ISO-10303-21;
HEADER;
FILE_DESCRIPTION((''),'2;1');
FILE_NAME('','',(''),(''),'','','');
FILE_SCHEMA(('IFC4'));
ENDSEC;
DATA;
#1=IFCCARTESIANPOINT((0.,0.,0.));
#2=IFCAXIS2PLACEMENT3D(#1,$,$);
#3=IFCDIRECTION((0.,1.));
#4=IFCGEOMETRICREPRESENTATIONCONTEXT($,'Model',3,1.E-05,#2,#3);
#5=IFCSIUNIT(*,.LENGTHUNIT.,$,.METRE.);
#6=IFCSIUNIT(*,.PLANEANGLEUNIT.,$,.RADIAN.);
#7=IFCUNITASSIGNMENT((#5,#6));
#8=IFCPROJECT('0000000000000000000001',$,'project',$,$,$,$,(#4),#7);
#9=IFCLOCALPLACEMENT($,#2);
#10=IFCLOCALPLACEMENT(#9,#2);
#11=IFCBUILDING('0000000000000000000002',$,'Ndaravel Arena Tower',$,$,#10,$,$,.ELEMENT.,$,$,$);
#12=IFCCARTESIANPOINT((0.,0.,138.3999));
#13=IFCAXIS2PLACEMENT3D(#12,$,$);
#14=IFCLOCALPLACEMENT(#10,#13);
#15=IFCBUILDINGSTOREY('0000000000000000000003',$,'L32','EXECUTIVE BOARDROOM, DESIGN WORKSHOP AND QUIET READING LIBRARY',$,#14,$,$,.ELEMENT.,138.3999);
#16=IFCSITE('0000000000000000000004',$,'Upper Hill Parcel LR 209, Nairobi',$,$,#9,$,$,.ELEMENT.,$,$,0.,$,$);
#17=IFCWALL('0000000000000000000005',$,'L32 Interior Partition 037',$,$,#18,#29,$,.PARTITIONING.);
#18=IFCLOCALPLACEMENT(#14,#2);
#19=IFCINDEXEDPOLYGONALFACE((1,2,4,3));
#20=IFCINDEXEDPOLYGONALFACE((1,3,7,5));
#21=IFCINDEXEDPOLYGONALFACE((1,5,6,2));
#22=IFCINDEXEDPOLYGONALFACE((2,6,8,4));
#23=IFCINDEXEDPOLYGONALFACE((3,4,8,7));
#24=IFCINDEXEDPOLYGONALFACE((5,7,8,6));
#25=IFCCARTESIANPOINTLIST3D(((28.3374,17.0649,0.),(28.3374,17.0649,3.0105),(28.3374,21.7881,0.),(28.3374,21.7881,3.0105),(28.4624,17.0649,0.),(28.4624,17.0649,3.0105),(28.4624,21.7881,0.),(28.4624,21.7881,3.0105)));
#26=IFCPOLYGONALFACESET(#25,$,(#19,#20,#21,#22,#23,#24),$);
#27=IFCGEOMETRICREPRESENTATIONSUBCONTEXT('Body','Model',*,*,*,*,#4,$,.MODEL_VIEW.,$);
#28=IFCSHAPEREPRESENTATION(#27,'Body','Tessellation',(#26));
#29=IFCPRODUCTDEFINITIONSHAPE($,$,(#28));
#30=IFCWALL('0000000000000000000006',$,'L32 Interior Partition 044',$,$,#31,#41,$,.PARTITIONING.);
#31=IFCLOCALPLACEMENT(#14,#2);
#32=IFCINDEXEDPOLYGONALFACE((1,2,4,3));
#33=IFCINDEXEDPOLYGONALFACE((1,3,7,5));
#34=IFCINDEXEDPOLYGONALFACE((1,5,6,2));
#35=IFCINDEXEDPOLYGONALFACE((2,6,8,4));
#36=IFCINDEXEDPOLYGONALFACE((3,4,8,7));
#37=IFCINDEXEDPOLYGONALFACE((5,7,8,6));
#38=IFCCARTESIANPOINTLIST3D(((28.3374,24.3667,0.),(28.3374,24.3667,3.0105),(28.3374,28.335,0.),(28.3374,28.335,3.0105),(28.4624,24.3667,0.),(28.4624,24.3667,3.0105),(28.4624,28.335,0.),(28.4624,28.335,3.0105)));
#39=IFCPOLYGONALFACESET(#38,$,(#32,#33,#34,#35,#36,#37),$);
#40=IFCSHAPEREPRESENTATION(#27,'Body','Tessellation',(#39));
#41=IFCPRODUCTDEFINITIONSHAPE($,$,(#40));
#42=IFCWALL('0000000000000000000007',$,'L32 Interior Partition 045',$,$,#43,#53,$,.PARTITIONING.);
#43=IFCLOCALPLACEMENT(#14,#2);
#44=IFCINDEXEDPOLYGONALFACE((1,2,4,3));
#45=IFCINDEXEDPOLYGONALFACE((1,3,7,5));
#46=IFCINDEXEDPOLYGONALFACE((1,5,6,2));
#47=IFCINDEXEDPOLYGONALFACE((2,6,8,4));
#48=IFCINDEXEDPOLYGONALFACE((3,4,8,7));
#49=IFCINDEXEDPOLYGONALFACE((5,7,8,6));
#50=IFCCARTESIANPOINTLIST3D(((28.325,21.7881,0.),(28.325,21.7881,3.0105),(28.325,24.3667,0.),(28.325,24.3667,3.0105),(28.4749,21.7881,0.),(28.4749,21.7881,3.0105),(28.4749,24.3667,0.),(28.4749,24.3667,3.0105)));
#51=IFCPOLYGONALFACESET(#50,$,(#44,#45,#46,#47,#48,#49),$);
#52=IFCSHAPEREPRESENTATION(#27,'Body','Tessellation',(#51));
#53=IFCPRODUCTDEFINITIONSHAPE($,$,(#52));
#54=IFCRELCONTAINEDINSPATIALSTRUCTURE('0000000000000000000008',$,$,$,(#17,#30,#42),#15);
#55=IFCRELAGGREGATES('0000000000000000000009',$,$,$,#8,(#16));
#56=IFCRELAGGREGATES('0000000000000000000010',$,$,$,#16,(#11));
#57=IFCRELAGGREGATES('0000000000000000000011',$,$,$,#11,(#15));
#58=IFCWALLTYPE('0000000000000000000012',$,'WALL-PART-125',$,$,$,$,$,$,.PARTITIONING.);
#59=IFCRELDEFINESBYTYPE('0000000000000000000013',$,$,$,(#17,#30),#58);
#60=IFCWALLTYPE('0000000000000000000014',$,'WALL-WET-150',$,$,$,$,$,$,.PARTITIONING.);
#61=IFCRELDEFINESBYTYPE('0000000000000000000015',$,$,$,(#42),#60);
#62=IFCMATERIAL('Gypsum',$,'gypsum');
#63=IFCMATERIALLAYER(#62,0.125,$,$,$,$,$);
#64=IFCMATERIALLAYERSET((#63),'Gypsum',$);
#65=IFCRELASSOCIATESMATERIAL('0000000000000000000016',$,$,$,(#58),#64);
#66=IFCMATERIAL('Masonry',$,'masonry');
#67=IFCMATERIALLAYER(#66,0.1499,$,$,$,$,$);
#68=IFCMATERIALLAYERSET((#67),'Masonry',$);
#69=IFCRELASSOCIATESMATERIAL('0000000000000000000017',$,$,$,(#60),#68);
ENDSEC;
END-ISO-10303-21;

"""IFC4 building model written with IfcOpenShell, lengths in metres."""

from ifc_helpers import new_model, si_unit, direction, frame, frame_2d, origin, place, context, subcontext, project, spatial, rectangle, extrude, material, layer, layer_set, type_object, element, save


model = new_model("IFC4")

# Units and contexts
model_context = context("Model", 3, precision=1e-05, world=origin(), true_north=direction((0.0, 1.0)))
body_context = subcontext(model_context, "Body", "Model", "MODEL_VIEW")
ifc_project = project(units=[si_unit("LENGTHUNIT", "METRE"), si_unit("PLANEANGLEUNIT", "RADIAN")], contexts=[model_context])

# Site, building, storey
site_placement = place(None, origin())
site = spatial("IfcSite", under=ifc_project, at=site_placement, Name="Upper Hill Parcel LR 209, Nairobi", CompositionType="ELEMENT", RefElevation=0.0)
building_placement = place(site_placement, origin())
building = spatial("IfcBuilding", under=site, at=building_placement, Name="Ndaravel Arena Tower", CompositionType="ELEMENT")
storey_placement = place(building_placement, frame((0.0, 0.0, 138.3999)))
storey = spatial("IfcBuildingStorey", under=building, at=storey_placement, Name="L32", Description="EXECUTIVE BOARDROOM, DESIGN WORKSHOP AND QUIET READING LIBRARY", CompositionType="ELEMENT", Elevation=138.3999)

# Shared definitions
ifc_material_1 = material(Name="Gypsum", Category="gypsum")
ifc_layer_1 = layer(ifc_material_1, 0.125)
ifc_layer_set_1 = layer_set([ifc_layer_1], Name="Gypsum")
wall_type_1 = type_object("IfcWallType", Name="WALL-PART-125", PredefinedType="PARTITIONING", material=ifc_layer_set_1)

# Walls
wall_1_placement = place(storey_placement, frame((28.3999, 17.0649, 0.0), z_axis=(0.0, 0.0, 1.0), x_axis=(0.0, 1.0, 0.0)))
element("IfcWall", 1, at=wall_1_placement, inside=storey, type_object=wall_type_1, Name="L32 Interior Partition 037", PredefinedType="PARTITIONING", context=body_context, shape_type="SweptSolid", body=[
    extrude(rectangle(XDim=4.7231, YDim=0.125, at=frame_2d((2.3616, 0.0))), origin(), (0.0, 0.0, 1.0), 3.0105),
])
wall_2_placement = place(storey_placement, frame((28.3999, 28.335, 0.0), z_axis=(0.0, 0.0, 1.0), x_axis=(0.0, -1.0, 0.0)))
element("IfcWall", 2, at=wall_2_placement, inside=storey, type_object=wall_type_1, Name="L32 Interior Partition 044", PredefinedType="PARTITIONING", context=body_context, shape_type="SweptSolid", body=[
    extrude(rectangle(XDim=3.9683, YDim=0.125, at=frame_2d((1.9841, 0.0))), origin(), (0.0, 0.0, 1.0), 3.0105),
])
ifc_material_2 = material(Name="Masonry", Category="masonry")
ifc_layer_2 = layer(ifc_material_2, 0.1499)
ifc_layer_set_2 = layer_set([ifc_layer_2], Name="Masonry")
wall_type_2 = type_object("IfcWallType", Name="WALL-WET-150", PredefinedType="PARTITIONING", material=ifc_layer_set_2)
wall_3_placement = place(storey_placement, frame((28.3999, 24.3667, 0.0), z_axis=(0.0, 0.0, 1.0), x_axis=(0.0, -1.0, 0.0)))
element("IfcWall", 3, at=wall_3_placement, inside=storey, type_object=wall_type_2, Name="L32 Interior Partition 045", PredefinedType="PARTITIONING", context=body_context, shape_type="SweptSolid", body=[
    extrude(rectangle(XDim=2.5786, YDim=0.1499, at=frame_2d((1.2893, 0.0))), origin(), (0.0, 0.0, 1.0), 3.0105),
])

save(model, "model.ifc")
